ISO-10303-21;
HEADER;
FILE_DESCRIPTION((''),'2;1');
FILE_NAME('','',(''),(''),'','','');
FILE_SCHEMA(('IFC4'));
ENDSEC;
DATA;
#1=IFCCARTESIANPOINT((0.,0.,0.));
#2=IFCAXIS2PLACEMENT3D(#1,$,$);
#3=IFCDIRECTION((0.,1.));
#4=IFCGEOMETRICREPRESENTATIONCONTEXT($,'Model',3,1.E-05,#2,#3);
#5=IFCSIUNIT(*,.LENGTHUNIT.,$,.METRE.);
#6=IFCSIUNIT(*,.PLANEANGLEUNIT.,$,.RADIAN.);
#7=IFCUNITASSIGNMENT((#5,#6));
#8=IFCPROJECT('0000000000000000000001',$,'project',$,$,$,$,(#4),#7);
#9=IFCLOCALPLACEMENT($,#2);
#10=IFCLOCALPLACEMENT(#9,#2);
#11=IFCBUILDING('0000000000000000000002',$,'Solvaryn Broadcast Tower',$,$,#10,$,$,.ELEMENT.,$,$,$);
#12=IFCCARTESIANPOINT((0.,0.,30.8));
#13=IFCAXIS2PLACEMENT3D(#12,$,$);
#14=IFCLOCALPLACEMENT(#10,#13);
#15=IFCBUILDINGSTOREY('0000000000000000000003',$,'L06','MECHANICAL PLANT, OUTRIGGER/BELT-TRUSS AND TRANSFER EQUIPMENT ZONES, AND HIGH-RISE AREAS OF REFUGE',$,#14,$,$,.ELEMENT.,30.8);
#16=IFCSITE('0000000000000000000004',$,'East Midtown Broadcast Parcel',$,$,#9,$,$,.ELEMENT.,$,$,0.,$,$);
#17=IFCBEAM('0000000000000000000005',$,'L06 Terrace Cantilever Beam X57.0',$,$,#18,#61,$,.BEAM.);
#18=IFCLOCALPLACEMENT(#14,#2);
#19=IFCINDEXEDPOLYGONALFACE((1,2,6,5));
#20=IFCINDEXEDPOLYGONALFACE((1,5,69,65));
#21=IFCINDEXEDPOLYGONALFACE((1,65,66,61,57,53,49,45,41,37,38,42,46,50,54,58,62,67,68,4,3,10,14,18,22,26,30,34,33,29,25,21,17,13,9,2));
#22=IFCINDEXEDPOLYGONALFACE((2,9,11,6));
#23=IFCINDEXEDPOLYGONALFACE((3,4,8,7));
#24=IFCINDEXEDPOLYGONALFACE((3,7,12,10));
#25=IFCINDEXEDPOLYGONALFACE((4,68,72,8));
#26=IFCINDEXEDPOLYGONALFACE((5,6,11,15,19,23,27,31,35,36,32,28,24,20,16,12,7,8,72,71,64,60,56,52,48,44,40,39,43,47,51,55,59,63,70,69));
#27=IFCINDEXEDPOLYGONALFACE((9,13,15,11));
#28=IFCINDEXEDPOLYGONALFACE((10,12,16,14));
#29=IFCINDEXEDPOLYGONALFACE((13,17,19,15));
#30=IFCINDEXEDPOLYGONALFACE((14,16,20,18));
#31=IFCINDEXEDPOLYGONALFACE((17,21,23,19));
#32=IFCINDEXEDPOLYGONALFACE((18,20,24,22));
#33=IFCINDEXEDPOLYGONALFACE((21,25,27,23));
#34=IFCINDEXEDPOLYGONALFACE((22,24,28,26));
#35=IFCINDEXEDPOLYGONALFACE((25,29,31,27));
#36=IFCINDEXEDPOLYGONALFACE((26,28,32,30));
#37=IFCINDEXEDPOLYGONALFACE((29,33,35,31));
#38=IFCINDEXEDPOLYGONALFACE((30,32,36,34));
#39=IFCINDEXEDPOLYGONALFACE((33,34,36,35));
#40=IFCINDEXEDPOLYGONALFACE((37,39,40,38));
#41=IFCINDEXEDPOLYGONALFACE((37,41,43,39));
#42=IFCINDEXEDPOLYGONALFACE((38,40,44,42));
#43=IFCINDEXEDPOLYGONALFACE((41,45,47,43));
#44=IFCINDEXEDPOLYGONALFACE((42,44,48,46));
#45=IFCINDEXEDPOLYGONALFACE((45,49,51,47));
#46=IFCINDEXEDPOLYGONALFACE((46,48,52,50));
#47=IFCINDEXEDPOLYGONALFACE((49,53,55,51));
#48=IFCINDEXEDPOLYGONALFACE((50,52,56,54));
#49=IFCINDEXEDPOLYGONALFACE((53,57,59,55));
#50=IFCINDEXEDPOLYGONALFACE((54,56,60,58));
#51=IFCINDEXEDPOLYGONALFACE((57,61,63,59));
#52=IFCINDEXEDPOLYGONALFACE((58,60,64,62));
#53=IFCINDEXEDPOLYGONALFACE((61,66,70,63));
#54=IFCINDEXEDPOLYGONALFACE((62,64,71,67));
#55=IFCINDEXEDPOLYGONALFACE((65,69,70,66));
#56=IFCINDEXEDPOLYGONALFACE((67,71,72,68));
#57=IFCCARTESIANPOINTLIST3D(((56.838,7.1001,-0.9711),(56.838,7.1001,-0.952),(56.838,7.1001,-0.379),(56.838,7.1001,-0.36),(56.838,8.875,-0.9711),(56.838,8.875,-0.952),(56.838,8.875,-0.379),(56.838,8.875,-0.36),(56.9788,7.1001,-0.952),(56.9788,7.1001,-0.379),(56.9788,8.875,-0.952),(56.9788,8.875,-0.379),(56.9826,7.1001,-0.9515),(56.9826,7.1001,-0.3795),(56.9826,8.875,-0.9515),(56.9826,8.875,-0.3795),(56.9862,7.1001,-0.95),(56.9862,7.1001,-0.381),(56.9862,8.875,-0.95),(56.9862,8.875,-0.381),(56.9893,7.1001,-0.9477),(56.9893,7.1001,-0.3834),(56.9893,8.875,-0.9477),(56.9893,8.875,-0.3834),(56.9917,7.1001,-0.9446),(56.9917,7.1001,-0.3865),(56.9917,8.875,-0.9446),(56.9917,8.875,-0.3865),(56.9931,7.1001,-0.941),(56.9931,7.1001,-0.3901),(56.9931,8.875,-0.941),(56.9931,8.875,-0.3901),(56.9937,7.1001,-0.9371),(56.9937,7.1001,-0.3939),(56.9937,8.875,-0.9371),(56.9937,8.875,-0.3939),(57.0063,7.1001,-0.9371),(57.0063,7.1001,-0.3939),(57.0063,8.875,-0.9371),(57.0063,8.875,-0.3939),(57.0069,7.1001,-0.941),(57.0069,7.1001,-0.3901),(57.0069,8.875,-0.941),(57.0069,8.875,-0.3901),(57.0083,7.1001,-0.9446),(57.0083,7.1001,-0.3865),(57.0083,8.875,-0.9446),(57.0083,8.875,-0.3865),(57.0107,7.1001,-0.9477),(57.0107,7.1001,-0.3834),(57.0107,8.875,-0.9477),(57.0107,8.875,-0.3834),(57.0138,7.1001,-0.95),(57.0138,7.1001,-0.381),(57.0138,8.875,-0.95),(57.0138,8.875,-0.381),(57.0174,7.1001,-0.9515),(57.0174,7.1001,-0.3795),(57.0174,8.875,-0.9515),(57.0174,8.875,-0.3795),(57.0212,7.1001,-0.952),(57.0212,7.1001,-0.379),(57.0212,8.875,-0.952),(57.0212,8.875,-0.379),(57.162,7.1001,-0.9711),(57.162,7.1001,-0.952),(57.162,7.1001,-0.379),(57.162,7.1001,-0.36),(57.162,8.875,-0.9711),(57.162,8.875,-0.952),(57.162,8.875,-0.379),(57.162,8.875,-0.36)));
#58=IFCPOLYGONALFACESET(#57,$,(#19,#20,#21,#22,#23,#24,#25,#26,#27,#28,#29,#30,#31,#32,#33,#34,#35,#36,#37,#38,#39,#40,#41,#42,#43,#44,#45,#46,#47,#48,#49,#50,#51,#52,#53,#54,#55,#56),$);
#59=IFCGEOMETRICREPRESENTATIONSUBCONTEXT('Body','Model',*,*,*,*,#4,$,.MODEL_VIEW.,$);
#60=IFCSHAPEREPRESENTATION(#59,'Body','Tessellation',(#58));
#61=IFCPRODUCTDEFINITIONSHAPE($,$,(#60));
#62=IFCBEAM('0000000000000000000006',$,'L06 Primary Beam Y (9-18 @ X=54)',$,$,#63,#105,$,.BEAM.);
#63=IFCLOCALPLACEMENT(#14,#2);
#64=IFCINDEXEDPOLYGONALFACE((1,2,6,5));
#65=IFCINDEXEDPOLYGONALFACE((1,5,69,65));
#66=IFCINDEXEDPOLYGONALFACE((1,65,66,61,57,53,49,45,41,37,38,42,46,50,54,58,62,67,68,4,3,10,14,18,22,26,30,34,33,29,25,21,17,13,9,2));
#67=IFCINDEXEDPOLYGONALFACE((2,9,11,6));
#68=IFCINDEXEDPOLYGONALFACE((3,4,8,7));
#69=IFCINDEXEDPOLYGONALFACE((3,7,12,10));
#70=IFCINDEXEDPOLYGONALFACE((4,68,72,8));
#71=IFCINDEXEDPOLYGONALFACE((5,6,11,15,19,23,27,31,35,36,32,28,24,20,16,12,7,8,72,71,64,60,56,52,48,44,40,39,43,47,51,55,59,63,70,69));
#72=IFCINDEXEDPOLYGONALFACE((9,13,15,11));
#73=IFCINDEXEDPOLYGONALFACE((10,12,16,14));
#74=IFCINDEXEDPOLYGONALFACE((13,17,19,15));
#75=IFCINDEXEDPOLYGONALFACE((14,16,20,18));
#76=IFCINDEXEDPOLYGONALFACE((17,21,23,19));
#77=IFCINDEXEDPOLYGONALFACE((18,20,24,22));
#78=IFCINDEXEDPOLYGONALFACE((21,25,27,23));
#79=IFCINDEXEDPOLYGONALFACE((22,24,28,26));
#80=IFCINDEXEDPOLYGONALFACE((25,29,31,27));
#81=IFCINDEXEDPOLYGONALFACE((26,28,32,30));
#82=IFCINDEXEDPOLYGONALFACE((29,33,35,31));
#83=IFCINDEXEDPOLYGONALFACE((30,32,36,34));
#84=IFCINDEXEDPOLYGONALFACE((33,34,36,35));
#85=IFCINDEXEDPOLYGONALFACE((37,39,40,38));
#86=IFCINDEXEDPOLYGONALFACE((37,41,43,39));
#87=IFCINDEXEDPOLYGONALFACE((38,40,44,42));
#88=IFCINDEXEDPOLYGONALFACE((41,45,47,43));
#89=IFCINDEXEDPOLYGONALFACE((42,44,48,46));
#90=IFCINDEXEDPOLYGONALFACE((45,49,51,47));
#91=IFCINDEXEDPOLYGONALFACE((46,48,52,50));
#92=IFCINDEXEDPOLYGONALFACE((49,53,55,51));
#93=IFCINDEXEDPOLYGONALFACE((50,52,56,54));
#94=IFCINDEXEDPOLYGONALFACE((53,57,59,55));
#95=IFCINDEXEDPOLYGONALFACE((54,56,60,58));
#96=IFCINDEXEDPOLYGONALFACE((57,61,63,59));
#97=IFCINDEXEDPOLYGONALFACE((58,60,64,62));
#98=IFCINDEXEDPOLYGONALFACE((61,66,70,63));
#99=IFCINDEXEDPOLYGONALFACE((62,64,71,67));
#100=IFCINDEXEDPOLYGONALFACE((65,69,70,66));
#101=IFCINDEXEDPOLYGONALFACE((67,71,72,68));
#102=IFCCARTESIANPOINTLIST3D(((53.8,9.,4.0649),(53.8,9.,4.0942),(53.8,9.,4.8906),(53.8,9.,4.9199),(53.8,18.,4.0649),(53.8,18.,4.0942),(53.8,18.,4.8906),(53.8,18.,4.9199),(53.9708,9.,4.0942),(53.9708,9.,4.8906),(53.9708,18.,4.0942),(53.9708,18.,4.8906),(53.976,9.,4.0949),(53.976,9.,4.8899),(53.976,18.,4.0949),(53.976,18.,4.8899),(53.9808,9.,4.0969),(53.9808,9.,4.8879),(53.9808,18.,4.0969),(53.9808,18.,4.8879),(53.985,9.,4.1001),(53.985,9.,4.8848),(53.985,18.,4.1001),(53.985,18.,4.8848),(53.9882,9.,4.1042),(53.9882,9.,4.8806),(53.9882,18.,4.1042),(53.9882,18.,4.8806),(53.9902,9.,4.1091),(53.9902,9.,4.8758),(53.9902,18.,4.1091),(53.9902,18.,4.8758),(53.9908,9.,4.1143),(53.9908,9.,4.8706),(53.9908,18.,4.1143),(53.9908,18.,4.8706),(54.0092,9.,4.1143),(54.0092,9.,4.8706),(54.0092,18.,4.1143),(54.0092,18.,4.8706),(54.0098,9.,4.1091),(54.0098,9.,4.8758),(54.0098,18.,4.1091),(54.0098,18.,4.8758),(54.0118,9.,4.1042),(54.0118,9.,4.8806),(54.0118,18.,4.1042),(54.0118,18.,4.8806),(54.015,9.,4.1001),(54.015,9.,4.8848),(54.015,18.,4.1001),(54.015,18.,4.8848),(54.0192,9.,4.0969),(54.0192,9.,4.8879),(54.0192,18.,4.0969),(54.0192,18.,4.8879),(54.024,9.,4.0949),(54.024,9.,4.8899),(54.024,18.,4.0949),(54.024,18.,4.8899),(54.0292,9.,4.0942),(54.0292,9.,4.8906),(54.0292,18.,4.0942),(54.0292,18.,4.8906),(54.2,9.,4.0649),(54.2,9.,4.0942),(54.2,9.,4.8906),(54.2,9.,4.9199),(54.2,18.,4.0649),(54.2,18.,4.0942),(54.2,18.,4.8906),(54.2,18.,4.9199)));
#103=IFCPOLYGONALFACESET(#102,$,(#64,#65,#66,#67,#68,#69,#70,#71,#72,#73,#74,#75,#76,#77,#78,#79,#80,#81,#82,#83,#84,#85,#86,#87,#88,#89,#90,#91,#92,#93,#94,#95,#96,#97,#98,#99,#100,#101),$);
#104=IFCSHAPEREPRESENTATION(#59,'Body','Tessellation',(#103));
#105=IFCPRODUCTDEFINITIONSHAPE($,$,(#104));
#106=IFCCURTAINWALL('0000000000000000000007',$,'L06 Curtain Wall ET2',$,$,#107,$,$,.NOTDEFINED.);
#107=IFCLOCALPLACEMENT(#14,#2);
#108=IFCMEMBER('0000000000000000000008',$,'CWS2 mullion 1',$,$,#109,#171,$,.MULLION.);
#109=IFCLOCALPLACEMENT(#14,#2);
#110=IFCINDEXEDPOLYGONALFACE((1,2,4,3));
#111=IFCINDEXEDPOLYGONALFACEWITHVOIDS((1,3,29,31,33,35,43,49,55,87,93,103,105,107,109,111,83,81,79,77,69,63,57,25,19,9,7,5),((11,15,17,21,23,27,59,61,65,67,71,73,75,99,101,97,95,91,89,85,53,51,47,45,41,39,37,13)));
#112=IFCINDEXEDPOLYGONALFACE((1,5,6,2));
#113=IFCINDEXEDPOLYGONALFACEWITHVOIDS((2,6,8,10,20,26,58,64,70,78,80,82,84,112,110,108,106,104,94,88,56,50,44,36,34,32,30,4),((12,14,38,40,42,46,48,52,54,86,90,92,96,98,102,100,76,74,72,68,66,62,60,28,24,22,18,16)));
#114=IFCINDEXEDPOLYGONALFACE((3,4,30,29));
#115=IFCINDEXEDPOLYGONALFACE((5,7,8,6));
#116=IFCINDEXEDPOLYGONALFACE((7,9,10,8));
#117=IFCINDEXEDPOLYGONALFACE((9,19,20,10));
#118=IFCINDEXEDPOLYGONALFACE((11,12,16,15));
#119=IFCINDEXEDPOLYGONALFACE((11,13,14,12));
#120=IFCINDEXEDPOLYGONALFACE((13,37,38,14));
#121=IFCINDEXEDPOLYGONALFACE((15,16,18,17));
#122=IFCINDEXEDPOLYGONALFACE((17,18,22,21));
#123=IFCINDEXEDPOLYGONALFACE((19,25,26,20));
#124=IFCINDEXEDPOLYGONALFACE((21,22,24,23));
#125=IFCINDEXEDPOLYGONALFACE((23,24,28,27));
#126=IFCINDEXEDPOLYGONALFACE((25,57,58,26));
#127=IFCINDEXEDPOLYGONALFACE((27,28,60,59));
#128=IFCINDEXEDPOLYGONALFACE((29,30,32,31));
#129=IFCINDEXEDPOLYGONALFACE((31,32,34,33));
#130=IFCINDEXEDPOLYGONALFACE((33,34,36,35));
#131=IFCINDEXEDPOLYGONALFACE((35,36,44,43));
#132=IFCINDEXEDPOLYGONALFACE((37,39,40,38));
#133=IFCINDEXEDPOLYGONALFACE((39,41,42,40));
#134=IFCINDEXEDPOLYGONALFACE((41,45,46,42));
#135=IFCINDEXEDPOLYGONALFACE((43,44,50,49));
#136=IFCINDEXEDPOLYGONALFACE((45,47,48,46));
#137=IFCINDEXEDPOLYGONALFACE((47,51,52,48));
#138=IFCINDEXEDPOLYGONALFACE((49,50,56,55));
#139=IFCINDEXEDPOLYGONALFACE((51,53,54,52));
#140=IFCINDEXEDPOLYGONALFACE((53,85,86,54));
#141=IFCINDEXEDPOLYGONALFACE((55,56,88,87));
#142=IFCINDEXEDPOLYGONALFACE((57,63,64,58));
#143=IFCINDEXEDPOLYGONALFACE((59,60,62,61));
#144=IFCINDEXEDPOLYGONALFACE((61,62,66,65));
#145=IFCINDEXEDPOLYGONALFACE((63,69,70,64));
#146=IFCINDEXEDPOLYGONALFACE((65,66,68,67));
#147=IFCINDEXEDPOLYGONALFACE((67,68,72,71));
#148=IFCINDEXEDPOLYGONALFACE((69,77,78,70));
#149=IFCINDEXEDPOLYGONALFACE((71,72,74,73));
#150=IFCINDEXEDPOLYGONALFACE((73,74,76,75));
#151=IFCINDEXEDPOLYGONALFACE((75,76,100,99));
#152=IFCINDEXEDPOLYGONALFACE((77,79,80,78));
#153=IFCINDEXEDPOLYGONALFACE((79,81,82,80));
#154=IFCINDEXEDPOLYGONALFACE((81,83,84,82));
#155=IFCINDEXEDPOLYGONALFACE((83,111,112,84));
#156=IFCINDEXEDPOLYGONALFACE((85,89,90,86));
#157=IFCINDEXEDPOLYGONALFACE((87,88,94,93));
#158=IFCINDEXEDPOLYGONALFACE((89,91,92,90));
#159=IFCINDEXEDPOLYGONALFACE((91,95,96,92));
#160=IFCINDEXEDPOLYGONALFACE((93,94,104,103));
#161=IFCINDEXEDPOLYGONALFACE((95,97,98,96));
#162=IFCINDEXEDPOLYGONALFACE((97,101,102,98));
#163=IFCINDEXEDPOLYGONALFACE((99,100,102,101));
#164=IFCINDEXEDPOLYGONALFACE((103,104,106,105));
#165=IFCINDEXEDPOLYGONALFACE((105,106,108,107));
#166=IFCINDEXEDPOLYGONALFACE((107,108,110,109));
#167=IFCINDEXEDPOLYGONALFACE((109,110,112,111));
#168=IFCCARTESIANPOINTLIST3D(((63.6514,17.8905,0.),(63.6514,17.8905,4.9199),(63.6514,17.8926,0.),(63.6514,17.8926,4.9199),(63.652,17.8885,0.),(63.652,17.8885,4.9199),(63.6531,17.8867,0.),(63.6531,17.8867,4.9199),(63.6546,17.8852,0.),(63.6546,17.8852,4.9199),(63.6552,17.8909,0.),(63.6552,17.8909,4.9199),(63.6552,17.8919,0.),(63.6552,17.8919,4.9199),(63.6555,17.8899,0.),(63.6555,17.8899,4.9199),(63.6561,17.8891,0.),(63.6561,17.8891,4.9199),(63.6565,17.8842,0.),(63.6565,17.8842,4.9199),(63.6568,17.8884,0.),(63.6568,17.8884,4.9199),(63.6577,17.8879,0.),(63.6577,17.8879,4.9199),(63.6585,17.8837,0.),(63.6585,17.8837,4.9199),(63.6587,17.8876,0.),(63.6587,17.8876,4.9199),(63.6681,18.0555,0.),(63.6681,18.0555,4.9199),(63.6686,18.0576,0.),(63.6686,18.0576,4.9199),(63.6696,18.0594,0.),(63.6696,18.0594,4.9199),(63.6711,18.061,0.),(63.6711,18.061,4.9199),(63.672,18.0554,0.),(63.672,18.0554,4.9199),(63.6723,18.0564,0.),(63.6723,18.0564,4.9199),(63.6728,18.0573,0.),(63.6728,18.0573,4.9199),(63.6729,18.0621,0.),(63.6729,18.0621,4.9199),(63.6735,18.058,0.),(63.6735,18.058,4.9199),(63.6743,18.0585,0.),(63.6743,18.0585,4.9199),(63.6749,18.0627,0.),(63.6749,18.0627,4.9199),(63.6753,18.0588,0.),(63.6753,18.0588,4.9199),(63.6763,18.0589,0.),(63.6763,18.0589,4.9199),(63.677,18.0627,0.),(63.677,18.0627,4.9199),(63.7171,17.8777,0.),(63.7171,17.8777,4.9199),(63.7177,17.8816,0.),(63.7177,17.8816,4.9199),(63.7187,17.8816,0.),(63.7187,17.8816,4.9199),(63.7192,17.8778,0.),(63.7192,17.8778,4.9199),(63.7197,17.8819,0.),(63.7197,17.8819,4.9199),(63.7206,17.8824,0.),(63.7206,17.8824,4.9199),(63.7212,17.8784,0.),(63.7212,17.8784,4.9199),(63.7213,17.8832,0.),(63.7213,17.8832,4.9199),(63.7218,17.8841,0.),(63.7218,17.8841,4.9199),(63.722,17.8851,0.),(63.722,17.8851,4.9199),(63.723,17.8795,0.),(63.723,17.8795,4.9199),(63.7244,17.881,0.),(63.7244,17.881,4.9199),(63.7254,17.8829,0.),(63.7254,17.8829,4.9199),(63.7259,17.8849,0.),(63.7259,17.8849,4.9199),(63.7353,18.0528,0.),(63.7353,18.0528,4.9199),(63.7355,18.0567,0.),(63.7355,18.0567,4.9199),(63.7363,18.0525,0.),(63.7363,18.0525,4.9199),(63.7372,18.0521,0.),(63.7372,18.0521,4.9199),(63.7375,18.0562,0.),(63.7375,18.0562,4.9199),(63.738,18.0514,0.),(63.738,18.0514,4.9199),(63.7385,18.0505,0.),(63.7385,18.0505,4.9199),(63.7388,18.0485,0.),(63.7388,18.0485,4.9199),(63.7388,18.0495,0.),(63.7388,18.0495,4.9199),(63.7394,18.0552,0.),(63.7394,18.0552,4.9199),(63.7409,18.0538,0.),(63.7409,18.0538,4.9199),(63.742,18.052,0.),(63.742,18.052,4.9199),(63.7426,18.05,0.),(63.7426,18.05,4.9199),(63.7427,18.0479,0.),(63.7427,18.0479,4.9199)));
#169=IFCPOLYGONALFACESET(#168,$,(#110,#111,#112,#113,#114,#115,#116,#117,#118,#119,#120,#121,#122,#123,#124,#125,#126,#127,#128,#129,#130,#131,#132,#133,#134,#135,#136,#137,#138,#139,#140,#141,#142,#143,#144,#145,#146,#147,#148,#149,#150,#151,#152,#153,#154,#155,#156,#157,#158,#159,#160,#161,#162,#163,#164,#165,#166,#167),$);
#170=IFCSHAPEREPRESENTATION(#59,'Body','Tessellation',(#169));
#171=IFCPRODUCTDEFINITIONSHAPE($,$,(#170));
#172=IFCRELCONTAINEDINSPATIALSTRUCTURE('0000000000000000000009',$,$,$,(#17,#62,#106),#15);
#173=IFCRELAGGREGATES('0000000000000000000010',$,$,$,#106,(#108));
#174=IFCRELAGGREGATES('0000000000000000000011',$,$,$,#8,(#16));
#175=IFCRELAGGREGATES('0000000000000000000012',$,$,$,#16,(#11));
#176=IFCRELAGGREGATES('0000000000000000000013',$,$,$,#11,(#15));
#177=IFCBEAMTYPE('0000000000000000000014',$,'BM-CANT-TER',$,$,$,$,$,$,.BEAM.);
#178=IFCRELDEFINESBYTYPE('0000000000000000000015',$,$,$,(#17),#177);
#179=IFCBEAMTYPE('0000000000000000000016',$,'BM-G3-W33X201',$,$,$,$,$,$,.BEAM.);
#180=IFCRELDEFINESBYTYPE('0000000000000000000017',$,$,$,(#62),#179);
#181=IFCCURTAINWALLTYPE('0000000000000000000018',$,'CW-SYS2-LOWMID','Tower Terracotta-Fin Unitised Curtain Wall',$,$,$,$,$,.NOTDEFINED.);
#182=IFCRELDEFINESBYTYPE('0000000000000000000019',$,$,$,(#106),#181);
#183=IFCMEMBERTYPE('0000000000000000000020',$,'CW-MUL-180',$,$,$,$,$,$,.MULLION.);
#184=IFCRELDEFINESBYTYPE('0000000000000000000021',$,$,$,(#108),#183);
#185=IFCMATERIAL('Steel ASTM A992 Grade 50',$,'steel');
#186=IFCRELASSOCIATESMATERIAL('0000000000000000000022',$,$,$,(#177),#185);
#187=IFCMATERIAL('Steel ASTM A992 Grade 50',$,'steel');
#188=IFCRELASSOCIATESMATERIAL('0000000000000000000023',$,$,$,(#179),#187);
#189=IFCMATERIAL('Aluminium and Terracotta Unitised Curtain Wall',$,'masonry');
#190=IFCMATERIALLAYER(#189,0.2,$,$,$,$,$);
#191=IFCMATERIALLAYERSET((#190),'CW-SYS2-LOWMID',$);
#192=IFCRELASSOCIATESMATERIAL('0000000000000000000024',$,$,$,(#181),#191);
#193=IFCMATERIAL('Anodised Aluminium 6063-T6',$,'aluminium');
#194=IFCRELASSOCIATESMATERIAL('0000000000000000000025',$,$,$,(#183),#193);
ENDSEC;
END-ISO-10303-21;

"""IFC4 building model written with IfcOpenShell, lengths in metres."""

from ifc_helpers import new_model, si_unit, direction, frame, origin, origin_2d, place, context, subcontext, project, spatial, hollow_rectangle, i_section, extrude, material, layer, layer_set, material_profile, profile_set, type_object, element, aggregate, save


model = new_model("IFC4")

# Units and contexts
model_context = context("Model", 3, precision=1e-05, world=origin(), true_north=direction((0.0, 1.0)))
body_context = subcontext(model_context, "Body", "Model", "MODEL_VIEW")
ifc_project = project(units=[si_unit("LENGTHUNIT", "METRE"), si_unit("PLANEANGLEUNIT", "RADIAN")], contexts=[model_context])

# Site, building, storey
site_placement = place(None, origin())
site = spatial("IfcSite", under=ifc_project, at=site_placement, Name="East Midtown Broadcast Parcel", CompositionType="ELEMENT", RefElevation=0.0)
building_placement = place(site_placement, origin())
building = spatial("IfcBuilding", under=site, at=building_placement, Name="Solvaryn Broadcast Tower", CompositionType="ELEMENT")
storey_placement = place(building_placement, frame((0.0, 0.0, 30.8)))
storey = spatial("IfcBuildingStorey", under=building, at=storey_placement, Name="L06", Description="MECHANICAL PLANT, OUTRIGGER/BELT-TRUSS AND TRANSFER EQUIPMENT ZONES, AND HIGH-RISE AREAS OF REFUGE", CompositionType="ELEMENT", Elevation=30.8)

# Beams
ifc_material_1 = material(Name="Steel ASTM A992 Grade 50", Category="steel")
ifc_material_profile_1 = material_profile(ifc_material_1, i_section(OverallWidth=0.324, OverallDepth=0.6111, WebThickness=0.0127, FlangeThickness=0.019, FilletRadius=0.0149, at=origin_2d()))
ifc_profile_set_1 = profile_set([ifc_material_profile_1], Name="Steel ASTM A992 Grade 50")
beam_type_1 = type_object("IfcBeamType", Name="BM-CANT-TER", PredefinedType="BEAM", material=ifc_profile_set_1)
for number, where, z_axis, x_axis, name in (
    (1, (57.0, 8.875, -0.6655), (0.0, -1.0, 0.0), (1.0, 0.0, 0.0), "L06 Terrace Cantilever Beam X57.0"),
):
    element("IfcBeam", number, at=place(storey_placement, frame(where, z_axis=z_axis, x_axis=x_axis)), inside=storey, type_object=beam_type_1, Name=name, PredefinedType="BEAM", context=body_context, shape_type="SweptSolid", body=[
        extrude(i_section(OverallWidth=0.324, OverallDepth=0.6111, WebThickness=0.0127, FlangeThickness=0.019, FilletRadius=0.0149, at=origin_2d()), origin(), (0.0, 0.0, 1.0), 1.7749),
    ])
ifc_material_2 = material(Name="Steel ASTM A992 Grade 50", Category="steel")
ifc_material_profile_2 = material_profile(ifc_material_2, i_section(OverallWidth=0.3999, OverallDepth=0.855, WebThickness=0.0183, FlangeThickness=0.0293, FilletRadius=0.02, at=origin_2d()))
ifc_profile_set_2 = profile_set([ifc_material_profile_2], Name="Steel ASTM A992 Grade 50")
beam_type_2 = type_object("IfcBeamType", Name="BM-G3-W33X201", PredefinedType="BEAM", material=ifc_profile_set_2)
beam_placement = place(storey_placement, frame((54.0, 9.0, 4.4924), z_axis=(0.0, 1.0, 0.0), x_axis=(-1.0, 0.0, 0.0)))
element("IfcBeam", 2, at=beam_placement, inside=storey, type_object=beam_type_2, Name="L06 Primary Beam Y (9-18 @ X=54)", PredefinedType="BEAM", context=body_context, shape_type="SweptSolid", body=[
    extrude(i_section(OverallWidth=0.3999, OverallDepth=0.855, WebThickness=0.0183, FlangeThickness=0.0293, FilletRadius=0.02, at=origin_2d()), origin(), (0.0, 0.0, 1.0), 9.0),
])

# Curtain wall, member
ifc_material_3 = material(Name="Aluminium and Terracotta Unitised Curtain Wall", Category="masonry")
ifc_layer_1 = layer(ifc_material_3, 0.2)
ifc_layer_set_1 = layer_set([ifc_layer_1], Name="CW-SYS2-LOWMID")
curtain_wall_type = type_object("IfcCurtainWallType", Name="CW-SYS2-LOWMID", Description="Tower Terracotta-Fin Unitised Curtain Wall", PredefinedType="NOTDEFINED", material=ifc_layer_set_1)
curtain_wall_placement = place(storey_placement, origin())
curtain_wall = element("IfcCurtainWall", 3, at=curtain_wall_placement, inside=storey, type_object=curtain_wall_type, Name="L06 Curtain Wall ET2", PredefinedType="NOTDEFINED")
ifc_material_4 = material(Name="Anodised Aluminium 6063-T6", Category="aluminium")
ifc_material_profile_3 = material_profile(ifc_material_4, hollow_rectangle(XDim=0.075, YDim=0.1799, WallThickness=0.0039, InnerFilletRadius=0.0039, OuterFilletRadius=0.0081, at=origin_2d()))
ifc_profile_set_3 = profile_set([ifc_material_profile_3], Name="Anodised Aluminium 6063-T6")
member_type_1 = type_object("IfcMemberType", Name="CW-MUL-180", PredefinedType="MULLION", material=ifc_profile_set_3)
member_1_placement = place(storey_placement, frame((63.697, 17.9702, 0.0), z_axis=(0.0, 0.0, 1.0), x_axis=(0.994743, -0.1024, 0.0)))
member_1 = element("IfcMember", 4, at=member_1_placement, type_object=member_type_1, Name="CWS2 mullion 1", PredefinedType="MULLION", context=body_context, shape_type="SweptSolid", body=[
    extrude(hollow_rectangle(XDim=0.075, YDim=0.1799, WallThickness=0.0039, InnerFilletRadius=0.0039, OuterFilletRadius=0.0081, at=origin_2d()), origin(), (0.0, 0.0, 1.0), 4.9199),
])
aggregate(curtain_wall, [member_1])

save(model, "model.ifc")
